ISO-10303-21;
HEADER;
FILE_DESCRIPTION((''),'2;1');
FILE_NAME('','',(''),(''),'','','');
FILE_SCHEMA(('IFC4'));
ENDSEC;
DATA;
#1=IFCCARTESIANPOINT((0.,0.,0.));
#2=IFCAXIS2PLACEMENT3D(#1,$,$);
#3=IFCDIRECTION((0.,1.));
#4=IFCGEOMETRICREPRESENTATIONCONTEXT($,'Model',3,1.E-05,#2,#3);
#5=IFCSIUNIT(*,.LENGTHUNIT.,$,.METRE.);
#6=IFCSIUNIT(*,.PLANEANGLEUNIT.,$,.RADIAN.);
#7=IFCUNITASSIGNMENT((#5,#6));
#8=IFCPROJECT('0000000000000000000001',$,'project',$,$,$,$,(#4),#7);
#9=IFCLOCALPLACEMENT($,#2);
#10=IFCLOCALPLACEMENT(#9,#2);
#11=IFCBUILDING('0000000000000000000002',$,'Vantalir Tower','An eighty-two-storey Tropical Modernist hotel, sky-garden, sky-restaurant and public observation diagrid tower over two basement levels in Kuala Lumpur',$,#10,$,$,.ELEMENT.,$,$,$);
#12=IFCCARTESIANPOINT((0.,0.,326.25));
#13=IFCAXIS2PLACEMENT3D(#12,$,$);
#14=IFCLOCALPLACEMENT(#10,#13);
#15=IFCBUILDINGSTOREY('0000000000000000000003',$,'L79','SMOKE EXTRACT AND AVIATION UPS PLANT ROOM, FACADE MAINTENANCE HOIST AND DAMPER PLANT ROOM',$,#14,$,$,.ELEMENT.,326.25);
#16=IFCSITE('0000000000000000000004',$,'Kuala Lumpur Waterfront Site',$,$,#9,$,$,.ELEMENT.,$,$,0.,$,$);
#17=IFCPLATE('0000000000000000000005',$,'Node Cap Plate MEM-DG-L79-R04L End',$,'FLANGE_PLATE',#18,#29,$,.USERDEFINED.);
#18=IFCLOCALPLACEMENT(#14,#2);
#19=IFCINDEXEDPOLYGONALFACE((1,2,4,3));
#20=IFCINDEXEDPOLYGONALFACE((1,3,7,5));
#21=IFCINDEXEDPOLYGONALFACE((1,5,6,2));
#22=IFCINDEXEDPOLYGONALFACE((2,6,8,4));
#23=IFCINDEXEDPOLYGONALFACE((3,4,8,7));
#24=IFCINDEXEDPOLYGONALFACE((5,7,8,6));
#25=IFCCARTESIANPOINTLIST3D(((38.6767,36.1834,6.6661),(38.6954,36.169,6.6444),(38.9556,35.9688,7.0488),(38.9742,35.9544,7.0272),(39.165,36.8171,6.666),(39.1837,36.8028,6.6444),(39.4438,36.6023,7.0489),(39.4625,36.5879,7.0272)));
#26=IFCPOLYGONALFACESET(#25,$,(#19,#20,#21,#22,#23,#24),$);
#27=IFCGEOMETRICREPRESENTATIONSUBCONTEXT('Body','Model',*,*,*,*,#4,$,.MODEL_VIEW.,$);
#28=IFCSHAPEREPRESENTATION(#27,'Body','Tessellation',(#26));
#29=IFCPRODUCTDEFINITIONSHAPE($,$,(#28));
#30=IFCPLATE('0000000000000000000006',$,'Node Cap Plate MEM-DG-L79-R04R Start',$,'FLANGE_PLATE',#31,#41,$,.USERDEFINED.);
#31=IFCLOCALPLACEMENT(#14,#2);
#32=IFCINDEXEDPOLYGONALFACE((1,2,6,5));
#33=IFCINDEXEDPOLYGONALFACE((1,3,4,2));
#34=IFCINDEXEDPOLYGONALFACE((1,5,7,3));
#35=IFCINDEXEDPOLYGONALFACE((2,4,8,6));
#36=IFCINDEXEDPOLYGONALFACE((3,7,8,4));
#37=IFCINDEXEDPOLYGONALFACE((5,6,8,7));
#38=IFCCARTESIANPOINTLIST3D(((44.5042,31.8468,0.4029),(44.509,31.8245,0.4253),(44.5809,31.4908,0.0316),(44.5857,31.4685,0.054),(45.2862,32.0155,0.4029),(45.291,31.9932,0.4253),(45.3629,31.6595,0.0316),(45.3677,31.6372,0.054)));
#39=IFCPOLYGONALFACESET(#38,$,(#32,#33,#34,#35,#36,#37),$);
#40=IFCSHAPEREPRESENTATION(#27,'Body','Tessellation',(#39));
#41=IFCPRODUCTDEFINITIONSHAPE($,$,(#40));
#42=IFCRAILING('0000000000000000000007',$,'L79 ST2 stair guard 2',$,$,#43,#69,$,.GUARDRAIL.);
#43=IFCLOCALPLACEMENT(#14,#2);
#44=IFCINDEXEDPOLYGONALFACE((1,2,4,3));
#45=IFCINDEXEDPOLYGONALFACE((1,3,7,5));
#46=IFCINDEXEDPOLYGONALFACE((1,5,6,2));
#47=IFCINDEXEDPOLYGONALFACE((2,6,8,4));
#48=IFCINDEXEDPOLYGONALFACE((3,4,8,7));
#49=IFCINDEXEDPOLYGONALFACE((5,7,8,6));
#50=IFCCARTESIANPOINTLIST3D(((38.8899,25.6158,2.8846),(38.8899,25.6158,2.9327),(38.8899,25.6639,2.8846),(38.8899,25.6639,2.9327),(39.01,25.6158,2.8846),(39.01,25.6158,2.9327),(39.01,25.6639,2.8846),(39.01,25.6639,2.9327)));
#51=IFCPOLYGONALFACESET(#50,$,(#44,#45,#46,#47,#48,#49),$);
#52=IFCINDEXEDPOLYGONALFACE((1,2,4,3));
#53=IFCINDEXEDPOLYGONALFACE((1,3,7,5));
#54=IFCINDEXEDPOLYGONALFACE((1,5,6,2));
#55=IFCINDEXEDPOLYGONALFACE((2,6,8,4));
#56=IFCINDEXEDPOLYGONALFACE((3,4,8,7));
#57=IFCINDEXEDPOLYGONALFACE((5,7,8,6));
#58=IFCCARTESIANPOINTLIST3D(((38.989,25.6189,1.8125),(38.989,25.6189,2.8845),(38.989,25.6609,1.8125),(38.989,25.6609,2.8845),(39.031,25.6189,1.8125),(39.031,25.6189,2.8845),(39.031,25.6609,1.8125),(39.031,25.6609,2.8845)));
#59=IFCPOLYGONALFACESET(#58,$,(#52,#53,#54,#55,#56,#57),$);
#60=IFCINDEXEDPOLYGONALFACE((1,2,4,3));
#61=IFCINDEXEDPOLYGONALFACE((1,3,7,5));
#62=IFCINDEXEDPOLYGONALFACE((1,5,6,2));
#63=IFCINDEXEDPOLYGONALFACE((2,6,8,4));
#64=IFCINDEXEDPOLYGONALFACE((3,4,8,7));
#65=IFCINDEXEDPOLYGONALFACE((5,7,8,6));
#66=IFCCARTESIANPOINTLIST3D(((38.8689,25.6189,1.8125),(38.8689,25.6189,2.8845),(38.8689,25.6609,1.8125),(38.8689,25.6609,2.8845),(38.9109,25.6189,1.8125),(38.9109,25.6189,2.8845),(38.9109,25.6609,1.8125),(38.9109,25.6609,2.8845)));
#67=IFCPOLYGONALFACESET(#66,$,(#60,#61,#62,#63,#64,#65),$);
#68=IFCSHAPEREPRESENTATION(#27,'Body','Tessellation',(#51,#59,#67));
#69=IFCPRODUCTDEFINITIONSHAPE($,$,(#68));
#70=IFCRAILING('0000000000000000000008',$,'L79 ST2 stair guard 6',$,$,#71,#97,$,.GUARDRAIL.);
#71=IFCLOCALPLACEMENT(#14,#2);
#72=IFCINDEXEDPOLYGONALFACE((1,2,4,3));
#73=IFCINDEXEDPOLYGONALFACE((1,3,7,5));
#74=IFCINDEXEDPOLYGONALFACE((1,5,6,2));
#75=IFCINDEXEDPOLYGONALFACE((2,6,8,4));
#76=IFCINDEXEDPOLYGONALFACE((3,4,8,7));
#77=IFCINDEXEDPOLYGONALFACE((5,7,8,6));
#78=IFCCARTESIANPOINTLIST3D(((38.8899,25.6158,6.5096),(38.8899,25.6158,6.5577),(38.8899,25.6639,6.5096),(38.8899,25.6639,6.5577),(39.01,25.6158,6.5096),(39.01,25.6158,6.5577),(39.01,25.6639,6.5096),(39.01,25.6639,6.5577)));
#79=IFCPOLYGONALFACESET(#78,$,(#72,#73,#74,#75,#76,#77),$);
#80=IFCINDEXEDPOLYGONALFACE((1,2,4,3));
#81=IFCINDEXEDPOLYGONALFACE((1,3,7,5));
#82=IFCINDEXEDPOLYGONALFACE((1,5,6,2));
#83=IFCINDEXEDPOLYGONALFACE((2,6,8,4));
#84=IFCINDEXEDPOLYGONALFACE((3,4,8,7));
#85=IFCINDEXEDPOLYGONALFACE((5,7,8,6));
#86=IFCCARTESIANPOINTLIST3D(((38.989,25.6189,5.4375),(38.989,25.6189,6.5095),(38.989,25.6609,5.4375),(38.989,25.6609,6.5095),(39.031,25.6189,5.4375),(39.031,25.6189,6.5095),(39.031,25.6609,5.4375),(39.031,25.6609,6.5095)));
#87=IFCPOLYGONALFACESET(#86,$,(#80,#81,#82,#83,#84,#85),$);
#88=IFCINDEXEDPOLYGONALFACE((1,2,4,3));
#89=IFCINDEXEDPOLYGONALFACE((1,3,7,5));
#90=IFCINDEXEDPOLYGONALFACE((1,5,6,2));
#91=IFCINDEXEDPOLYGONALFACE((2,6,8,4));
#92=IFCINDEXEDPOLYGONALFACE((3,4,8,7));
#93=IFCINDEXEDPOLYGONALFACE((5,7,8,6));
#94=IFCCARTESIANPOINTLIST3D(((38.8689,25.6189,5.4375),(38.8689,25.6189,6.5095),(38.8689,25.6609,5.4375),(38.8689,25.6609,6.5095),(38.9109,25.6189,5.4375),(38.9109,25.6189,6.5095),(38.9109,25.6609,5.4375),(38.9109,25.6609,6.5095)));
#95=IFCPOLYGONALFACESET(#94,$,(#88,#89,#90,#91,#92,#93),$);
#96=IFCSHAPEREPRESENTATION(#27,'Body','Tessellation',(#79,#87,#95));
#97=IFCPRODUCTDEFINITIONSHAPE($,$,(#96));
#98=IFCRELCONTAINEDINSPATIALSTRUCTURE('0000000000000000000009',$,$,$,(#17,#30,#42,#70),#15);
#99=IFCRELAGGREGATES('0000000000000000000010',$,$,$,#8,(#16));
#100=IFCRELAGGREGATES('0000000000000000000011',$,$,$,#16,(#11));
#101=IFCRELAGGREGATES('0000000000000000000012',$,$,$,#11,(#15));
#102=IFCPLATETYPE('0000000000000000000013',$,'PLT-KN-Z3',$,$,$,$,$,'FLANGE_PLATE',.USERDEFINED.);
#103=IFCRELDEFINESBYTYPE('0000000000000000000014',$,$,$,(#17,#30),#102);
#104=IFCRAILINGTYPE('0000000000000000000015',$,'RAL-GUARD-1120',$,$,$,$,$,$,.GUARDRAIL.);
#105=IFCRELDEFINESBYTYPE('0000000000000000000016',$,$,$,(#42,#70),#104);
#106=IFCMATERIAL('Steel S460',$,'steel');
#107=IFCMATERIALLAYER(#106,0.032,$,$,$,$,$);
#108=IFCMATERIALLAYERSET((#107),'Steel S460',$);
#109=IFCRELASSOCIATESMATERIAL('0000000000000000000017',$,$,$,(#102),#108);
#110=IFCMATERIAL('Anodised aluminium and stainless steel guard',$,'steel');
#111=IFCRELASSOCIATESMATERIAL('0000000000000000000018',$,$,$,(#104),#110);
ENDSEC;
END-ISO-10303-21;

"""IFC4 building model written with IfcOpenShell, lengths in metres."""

from ifc_helpers import new_model, si_unit, direction, frame, origin, origin_2d, place, context, subcontext, project, spatial, polyline, rectangle, outline, extrude, material, layer, layer_set, type_object, element, save


model = new_model("IFC4")

# Units and contexts
model_context = context("Model", 3, precision=1e-05, world=origin(), true_north=direction((0.0, 1.0)))
body_context = subcontext(model_context, "Body", "Model", "MODEL_VIEW")
ifc_project = project(units=[si_unit("LENGTHUNIT", "METRE"), si_unit("PLANEANGLEUNIT", "RADIAN")], contexts=[model_context])

# Site, building, storey
site_placement = place(None, origin())
site = spatial("IfcSite", under=ifc_project, at=site_placement, Name="Kuala Lumpur Waterfront Site", CompositionType="ELEMENT", RefElevation=0.0)
building_placement = place(site_placement, origin())
building = spatial("IfcBuilding", under=site, at=building_placement, Name="Vantalir Tower", Description="An eighty-two-storey Tropical Modernist hotel, sky-garden, sky-restaurant and public observation diagrid tower over two basement levels in Kuala Lumpur", CompositionType="ELEMENT")
storey_placement = place(building_placement, frame((0.0, 0.0, 326.25)))
storey = spatial("IfcBuildingStorey", under=building, at=storey_placement, Name="L79", Description="SMOKE EXTRACT AND AVIATION UPS PLANT ROOM, FACADE MAINTENANCE HOIST AND DAMPER PLANT ROOM", CompositionType="ELEMENT", Elevation=326.25)

# Shared definitions
ifc_material_1 = material(Name="Steel S460", Category="steel")

# Plates
ifc_layer_1 = layer(ifc_material_1, 0.032)
ifc_layer_set_1 = layer_set([ifc_layer_1], Name="Steel S460")
plate_type_1 = type_object("IfcPlateType", Name="PLT-KN-Z3", ElementType="FLANGE_PLATE", PredefinedType="USERDEFINED", material=ifc_layer_set_1)
plate_1_placement = place(storey_placement, frame((39.165, 36.8171, 6.666), z_axis=(-0.583152, 0.449356, 0.676766), x_axis=(-0.61034, -0.792139, 0.000046)))
element("IfcPlate", 1, at=plate_1_placement, inside=storey, type_object=plate_type_1, Name="Node Cap Plate MEM-DG-L79-R04L End", ObjectType="FLANGE_PLATE", PredefinedType="USERDEFINED", context=body_context, shape_type="SweptSolid", body=[
    extrude(outline(polyline([(0.0, 0.0), (0.8001, 0.0), (0.7999, 0.5199), (0.0, 0.52), (0.0, 0.0)])), origin(), (0.0, 0.0, -1.0), 0.032),
])
plate_2_placement = place(storey_placement, frame((44.5857, 31.4685, 0.054), z_axis=(0.150574, -0.697956, 0.700132), x_axis=(0.977511, 0.210884, 0.0)))
element("IfcPlate", 2, at=plate_2_placement, inside=storey, type_object=plate_type_1, Name="Node Cap Plate MEM-DG-L79-R04R Start", ObjectType="FLANGE_PLATE", PredefinedType="USERDEFINED", context=body_context, shape_type="SweptSolid", body=[
    extrude(outline(polyline([(0.0, 0.0), (0.8, 0.0), (0.8001, 0.5201), (0.0001, 0.5201), (0.0, 0.0)])), origin(), (0.0, 0.0, -1.0), 0.032),
])

# Railings
ifc_material_2 = material(Name="Anodised aluminium and stainless steel guard", Category="steel")
railing_type = type_object("IfcRailingType", Name="RAL-GUARD-1120", PredefinedType="GUARDRAIL", material=ifc_material_2)
for number, where, name in (
    (3, (39.01, 25.6399, 1.8125), "L79 ST2 stair guard 2"),
    (4, (39.01, 25.6399, 5.4375), "L79 ST2 stair guard 6"),
):
    element("IfcRailing", number, at=place(storey_placement, frame(where)), inside=storey, type_object=railing_type, Name=name, PredefinedType="GUARDRAIL", context=body_context, shape_type="SweptSolid", body=[
        extrude(rectangle(XDim=0.0481, YDim=0.0481, at=origin_2d()), frame((0.0, 0.0, 1.0962), z_axis=(-1.0, 0.0, 0.0), x_axis=(0.0, -1.0, 0.0)), (0.0, 0.0, 1.0), 0.1201),
        extrude(rectangle(XDim=0.042, YDim=0.042, at=origin_2d()), origin(), (0.0, 0.0, 1.0), 1.072),
        extrude(rectangle(XDim=0.042, YDim=0.042, at=origin_2d()), frame((-0.1201, 0.0, 0.0)), (0.0, 0.0, 1.0), 1.072),
    ])

save(model, "model.ifc")
